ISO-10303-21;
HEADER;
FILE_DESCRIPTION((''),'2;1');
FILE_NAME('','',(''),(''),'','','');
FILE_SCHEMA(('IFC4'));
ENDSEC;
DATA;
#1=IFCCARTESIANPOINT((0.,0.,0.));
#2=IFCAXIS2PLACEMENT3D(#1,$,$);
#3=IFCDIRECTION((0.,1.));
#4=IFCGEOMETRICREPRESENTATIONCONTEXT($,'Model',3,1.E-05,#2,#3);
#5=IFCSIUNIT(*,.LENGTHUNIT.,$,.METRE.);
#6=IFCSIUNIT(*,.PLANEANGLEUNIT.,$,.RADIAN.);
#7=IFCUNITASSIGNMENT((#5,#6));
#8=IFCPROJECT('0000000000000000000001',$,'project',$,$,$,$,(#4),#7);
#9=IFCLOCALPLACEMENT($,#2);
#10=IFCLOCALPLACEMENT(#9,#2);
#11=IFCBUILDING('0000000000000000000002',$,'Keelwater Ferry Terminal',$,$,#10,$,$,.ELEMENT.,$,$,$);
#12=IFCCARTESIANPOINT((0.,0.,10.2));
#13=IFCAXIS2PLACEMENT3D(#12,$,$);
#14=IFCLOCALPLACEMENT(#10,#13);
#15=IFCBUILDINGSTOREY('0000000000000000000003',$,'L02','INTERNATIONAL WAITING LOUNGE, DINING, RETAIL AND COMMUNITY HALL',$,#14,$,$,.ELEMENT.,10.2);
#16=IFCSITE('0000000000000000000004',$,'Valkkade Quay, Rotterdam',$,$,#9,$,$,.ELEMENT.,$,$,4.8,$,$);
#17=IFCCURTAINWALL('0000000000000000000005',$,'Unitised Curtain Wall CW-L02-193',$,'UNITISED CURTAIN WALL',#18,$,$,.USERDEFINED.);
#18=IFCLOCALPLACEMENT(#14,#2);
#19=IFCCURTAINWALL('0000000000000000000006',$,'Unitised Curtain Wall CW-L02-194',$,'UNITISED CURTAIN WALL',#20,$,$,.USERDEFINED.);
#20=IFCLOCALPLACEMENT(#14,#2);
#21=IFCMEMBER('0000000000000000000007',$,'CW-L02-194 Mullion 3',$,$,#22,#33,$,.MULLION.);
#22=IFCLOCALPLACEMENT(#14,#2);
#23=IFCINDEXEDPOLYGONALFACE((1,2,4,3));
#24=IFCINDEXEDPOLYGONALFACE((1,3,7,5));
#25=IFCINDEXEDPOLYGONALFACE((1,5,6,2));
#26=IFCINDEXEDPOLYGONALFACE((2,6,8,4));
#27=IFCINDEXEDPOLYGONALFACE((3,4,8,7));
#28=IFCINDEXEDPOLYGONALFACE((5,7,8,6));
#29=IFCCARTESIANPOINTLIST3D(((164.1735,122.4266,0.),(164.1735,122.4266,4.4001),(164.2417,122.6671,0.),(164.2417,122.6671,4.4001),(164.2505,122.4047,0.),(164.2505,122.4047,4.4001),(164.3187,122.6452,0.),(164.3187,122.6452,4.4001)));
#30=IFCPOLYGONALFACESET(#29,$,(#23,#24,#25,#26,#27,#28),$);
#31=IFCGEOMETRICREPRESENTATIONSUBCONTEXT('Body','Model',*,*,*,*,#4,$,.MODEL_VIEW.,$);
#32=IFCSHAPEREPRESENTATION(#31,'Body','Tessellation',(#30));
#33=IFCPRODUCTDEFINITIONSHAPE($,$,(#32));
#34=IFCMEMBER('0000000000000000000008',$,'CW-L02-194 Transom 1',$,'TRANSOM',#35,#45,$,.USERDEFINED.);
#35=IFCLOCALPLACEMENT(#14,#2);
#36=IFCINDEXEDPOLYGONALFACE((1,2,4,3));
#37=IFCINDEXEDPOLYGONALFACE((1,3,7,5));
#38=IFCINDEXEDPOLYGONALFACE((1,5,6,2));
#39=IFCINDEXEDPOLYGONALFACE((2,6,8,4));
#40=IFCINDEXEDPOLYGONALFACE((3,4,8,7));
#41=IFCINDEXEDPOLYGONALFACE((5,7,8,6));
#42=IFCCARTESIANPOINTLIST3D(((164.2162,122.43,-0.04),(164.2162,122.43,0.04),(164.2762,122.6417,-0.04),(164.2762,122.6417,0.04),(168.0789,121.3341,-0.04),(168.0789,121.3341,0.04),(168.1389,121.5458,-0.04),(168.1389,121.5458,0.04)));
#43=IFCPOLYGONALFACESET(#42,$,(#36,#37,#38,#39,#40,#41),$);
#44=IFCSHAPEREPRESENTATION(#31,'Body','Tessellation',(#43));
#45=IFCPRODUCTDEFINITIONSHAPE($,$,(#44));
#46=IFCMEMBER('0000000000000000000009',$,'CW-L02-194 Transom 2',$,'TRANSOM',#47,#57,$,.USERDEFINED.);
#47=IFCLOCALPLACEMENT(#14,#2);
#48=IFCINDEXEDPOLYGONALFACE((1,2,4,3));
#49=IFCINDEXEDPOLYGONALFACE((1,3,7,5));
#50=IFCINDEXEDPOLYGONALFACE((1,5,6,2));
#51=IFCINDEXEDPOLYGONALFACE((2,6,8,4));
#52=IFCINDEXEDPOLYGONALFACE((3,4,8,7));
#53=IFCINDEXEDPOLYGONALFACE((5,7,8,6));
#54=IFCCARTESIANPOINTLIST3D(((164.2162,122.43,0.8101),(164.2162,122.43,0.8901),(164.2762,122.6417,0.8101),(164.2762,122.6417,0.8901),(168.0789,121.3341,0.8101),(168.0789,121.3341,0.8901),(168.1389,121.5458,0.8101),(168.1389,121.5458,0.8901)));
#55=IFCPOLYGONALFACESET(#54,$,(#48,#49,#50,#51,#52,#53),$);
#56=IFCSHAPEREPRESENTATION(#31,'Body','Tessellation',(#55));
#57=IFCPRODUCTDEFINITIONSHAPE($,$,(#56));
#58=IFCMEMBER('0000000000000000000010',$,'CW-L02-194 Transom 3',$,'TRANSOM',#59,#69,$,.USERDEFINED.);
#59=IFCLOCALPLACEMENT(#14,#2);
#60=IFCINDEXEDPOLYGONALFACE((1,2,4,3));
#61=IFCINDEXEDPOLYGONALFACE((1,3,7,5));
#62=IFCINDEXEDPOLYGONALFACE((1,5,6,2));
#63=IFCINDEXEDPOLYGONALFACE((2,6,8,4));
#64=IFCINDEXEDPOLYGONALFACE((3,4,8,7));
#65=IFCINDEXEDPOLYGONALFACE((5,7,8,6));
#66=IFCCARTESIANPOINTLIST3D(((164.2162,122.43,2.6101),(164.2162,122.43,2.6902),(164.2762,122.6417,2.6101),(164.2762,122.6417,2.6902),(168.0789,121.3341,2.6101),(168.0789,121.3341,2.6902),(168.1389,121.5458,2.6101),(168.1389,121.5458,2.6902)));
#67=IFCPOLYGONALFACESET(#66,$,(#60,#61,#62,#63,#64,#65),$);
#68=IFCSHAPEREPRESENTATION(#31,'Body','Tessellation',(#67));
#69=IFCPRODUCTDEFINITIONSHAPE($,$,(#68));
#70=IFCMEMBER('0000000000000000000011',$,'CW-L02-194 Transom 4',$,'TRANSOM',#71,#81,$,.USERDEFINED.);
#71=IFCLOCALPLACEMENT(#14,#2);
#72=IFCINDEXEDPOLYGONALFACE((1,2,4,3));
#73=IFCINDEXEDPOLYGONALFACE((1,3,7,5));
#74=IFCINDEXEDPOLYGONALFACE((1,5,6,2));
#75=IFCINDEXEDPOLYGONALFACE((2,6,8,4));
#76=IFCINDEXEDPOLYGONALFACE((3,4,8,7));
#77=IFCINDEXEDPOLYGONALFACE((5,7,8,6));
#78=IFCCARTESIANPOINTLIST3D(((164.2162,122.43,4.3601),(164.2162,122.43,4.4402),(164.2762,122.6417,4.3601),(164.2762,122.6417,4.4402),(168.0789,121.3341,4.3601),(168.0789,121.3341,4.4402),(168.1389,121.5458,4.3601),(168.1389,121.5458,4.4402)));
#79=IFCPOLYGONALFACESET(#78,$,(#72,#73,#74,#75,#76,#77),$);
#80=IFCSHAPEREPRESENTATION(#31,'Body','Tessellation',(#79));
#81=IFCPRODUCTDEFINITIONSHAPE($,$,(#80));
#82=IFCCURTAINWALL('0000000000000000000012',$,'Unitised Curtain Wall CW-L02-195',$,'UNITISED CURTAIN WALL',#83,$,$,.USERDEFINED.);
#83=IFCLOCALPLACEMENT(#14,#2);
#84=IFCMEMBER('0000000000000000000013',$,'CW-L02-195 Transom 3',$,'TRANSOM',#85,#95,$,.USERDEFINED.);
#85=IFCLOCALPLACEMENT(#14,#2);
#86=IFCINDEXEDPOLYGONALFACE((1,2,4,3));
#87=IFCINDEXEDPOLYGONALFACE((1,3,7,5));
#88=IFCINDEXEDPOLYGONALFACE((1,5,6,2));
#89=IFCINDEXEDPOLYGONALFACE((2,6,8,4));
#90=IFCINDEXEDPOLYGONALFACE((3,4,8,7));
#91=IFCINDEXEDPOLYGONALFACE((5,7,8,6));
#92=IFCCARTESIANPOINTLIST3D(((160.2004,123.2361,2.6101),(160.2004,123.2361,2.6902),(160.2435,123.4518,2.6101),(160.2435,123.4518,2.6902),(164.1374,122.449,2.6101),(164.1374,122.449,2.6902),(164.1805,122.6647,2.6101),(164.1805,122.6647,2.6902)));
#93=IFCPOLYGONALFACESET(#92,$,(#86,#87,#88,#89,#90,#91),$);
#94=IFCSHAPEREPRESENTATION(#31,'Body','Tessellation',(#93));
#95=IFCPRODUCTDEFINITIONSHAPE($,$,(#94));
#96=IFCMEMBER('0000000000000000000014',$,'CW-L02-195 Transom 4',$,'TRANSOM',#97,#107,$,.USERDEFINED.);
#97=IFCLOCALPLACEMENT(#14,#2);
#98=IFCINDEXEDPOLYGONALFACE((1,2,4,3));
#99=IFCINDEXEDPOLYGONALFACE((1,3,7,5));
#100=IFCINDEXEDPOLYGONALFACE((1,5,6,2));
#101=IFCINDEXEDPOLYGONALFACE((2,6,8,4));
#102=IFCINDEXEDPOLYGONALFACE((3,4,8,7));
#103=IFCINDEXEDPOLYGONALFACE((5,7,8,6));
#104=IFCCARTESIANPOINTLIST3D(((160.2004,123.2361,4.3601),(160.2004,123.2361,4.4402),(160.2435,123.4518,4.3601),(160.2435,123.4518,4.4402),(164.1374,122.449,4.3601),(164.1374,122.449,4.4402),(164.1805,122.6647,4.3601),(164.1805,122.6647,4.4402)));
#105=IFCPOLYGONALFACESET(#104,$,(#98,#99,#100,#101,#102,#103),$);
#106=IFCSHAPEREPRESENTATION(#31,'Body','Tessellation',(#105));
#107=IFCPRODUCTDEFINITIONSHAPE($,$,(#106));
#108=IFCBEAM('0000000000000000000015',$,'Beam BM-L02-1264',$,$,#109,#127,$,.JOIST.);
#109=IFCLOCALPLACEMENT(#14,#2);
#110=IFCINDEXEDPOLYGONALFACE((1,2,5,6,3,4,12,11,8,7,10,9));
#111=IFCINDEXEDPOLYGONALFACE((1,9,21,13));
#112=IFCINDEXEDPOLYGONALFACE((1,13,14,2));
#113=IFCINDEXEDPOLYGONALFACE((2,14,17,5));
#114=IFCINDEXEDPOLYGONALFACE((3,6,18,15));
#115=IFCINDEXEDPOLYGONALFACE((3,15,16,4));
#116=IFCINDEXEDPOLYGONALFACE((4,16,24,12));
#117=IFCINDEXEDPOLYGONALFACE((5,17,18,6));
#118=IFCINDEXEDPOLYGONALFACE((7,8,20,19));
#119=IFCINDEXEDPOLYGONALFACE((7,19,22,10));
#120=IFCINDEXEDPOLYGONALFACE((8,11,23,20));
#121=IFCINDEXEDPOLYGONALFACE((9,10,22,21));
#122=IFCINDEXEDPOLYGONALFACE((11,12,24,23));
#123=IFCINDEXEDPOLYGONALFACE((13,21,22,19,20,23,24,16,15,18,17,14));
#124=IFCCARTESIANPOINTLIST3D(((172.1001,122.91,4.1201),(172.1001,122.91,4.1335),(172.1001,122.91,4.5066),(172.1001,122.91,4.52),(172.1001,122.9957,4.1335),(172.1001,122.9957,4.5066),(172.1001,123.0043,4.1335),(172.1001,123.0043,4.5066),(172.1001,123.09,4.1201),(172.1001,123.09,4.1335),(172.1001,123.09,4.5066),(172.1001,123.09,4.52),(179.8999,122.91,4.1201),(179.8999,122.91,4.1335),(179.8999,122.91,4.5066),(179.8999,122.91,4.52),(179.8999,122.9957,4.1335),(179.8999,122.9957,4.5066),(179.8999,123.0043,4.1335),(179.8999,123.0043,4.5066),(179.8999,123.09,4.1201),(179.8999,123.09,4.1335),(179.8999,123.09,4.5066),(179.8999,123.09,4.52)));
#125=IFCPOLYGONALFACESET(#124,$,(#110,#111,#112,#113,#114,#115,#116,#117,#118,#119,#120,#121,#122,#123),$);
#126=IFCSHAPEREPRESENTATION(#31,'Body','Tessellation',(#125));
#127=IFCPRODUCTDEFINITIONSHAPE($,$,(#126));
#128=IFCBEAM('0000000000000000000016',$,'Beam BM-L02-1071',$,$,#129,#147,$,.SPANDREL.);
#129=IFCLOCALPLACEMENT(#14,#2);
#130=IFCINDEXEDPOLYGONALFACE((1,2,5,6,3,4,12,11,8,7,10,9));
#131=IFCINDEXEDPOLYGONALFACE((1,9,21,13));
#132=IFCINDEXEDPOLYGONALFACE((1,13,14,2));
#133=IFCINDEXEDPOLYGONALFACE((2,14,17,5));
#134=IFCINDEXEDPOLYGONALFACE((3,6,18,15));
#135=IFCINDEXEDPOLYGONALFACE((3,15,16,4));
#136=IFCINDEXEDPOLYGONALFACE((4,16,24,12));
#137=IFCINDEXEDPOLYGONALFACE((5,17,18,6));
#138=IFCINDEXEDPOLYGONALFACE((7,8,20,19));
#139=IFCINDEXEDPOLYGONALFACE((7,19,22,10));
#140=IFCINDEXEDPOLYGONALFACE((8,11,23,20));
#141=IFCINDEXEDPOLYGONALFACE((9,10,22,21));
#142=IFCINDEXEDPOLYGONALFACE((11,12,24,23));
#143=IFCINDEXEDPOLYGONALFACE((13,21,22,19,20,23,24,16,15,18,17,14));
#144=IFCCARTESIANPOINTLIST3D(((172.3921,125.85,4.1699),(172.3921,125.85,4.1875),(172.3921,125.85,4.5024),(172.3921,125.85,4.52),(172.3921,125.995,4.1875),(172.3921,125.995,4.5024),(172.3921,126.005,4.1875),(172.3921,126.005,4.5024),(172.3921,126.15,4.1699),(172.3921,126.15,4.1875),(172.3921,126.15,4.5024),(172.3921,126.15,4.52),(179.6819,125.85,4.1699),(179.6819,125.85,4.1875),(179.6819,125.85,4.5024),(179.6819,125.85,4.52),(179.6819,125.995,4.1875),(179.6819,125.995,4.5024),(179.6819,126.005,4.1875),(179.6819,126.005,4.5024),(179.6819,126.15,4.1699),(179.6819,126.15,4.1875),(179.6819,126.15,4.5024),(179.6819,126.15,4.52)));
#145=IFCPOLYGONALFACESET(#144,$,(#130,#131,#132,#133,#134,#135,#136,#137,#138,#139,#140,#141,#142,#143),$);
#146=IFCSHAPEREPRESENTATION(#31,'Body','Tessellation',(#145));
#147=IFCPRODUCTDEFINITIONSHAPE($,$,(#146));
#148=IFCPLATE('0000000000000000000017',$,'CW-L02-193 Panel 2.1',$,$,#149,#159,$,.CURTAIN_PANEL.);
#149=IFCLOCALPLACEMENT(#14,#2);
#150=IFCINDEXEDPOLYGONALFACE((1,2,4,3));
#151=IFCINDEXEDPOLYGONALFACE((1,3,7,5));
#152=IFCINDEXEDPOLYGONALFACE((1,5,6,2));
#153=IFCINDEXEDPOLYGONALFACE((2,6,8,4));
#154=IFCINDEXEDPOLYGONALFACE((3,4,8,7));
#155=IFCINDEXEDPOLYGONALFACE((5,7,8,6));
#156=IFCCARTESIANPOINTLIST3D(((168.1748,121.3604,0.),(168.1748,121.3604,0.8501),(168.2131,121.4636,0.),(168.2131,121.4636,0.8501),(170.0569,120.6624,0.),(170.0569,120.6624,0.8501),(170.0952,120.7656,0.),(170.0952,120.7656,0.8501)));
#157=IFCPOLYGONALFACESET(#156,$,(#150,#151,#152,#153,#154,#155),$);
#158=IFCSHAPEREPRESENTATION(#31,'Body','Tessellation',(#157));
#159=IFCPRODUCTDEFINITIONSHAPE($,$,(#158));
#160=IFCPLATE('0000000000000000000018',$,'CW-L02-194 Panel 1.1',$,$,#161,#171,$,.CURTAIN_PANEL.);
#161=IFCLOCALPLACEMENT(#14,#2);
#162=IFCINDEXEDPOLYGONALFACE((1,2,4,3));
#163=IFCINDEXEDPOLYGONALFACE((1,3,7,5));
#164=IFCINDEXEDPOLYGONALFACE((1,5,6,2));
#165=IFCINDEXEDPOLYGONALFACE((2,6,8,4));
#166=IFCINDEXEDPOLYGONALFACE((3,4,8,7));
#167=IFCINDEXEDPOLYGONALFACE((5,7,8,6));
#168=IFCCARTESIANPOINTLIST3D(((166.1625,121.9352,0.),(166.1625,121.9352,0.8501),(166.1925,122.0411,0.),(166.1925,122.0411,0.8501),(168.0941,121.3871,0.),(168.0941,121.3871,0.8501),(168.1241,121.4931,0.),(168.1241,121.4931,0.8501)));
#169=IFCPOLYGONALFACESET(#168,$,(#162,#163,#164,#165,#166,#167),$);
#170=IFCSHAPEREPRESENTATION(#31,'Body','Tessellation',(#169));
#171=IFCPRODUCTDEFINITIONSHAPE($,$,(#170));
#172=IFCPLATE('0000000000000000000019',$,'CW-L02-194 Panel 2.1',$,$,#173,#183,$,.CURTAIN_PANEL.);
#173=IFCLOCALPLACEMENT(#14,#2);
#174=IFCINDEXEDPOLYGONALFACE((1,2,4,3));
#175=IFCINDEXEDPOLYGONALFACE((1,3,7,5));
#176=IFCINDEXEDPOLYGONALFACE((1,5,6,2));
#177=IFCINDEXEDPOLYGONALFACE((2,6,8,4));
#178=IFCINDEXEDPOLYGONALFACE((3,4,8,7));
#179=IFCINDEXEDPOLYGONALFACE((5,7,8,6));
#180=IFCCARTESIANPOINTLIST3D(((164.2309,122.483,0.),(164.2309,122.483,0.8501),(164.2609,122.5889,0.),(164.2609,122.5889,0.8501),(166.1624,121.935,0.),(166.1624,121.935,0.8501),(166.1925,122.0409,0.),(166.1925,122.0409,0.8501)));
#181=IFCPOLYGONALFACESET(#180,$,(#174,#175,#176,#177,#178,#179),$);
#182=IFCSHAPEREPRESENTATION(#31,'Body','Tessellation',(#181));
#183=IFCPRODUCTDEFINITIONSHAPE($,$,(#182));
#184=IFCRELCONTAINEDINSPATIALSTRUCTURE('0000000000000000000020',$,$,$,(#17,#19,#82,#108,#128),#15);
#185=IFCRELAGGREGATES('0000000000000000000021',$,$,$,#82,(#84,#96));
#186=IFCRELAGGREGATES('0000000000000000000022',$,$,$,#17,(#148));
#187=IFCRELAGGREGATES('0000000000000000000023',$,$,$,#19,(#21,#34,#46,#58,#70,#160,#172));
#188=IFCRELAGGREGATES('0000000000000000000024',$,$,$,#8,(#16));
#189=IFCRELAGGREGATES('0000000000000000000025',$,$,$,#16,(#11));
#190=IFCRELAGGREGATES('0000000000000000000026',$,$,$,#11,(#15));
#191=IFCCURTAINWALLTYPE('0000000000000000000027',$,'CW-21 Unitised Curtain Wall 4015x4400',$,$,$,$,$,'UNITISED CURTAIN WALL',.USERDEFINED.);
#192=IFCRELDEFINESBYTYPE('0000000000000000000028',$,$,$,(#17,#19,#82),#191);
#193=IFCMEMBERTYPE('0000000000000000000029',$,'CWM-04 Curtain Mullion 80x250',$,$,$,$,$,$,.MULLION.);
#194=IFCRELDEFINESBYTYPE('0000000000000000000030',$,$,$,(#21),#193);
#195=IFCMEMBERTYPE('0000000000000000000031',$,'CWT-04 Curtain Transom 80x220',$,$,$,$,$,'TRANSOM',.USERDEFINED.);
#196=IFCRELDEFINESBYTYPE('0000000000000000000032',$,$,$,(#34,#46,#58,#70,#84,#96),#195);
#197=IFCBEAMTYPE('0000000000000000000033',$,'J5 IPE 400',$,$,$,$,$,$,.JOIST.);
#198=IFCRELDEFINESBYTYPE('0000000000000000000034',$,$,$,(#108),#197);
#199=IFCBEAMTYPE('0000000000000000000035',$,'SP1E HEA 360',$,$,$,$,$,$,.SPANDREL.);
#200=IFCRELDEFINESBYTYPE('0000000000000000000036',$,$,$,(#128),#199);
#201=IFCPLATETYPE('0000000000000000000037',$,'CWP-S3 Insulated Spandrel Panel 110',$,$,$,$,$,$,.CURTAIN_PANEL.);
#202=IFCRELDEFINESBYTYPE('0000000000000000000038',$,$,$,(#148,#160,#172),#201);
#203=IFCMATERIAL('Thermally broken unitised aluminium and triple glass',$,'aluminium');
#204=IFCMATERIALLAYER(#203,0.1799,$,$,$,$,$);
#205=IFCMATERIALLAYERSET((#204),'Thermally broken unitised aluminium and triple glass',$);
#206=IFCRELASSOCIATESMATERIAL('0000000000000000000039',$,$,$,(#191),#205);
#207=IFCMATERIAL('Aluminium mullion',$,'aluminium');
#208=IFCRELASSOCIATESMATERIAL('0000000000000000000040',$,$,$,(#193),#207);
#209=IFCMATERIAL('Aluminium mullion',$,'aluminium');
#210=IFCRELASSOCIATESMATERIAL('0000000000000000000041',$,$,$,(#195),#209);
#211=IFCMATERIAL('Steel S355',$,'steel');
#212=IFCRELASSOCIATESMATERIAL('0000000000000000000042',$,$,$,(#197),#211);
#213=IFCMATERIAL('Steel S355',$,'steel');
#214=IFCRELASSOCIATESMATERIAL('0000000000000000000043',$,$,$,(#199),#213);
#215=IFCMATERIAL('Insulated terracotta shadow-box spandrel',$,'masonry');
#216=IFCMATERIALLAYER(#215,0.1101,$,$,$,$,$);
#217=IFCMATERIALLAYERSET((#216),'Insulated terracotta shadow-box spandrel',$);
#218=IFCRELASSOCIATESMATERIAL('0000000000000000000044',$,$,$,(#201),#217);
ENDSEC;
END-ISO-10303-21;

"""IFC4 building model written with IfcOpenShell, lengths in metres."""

from ifc_helpers import new_model, si_unit, direction, frame, origin, origin_2d, place, context, subcontext, project, spatial, rectangle, i_section, extrude, material, layer, layer_set, material_profile, profile_set, type_object, element, aggregate, save


model = new_model("IFC4")

# Units and contexts
model_context = context("Model", 3, precision=1e-05, world=origin(), true_north=direction((0.0, 1.0)))
body_context = subcontext(model_context, "Body", "Model", "MODEL_VIEW")
ifc_project = project(units=[si_unit("LENGTHUNIT", "METRE"), si_unit("PLANEANGLEUNIT", "RADIAN")], contexts=[model_context])

# Site, building, storey
site_placement = place(None, origin())
site = spatial("IfcSite", under=ifc_project, at=site_placement, Name="Valkkade Quay, Rotterdam", CompositionType="ELEMENT", RefElevation=4.8)
building_placement = place(site_placement, origin())
building = spatial("IfcBuilding", under=site, at=building_placement, Name="Keelwater Ferry Terminal", CompositionType="ELEMENT")
storey_placement = place(building_placement, frame((0.0, 0.0, 10.2)))
storey = spatial("IfcBuildingStorey", under=building, at=storey_placement, Name="L02", Description="INTERNATIONAL WAITING LOUNGE, DINING, RETAIL AND COMMUNITY HALL", CompositionType="ELEMENT", Elevation=10.2)

# Curtain walls, members
ifc_material_1 = material(Name="Thermally broken unitised aluminium and triple glass", Category="aluminium")
ifc_layer_1 = layer(ifc_material_1, 0.1799)
ifc_layer_set_1 = layer_set([ifc_layer_1], Name="Thermally broken unitised aluminium and triple glass")
curtain_wall_type = type_object("IfcCurtainWallType", Name="CW-21 Unitised Curtain Wall 4015x4400", ElementType="UNITISED CURTAIN WALL", PredefinedType="USERDEFINED", material=ifc_layer_set_1)
curtain_wall_1_placement = place(storey_placement, origin())
curtain_wall_1 = element("IfcCurtainWall", 1, at=curtain_wall_1_placement, inside=storey, type_object=curtain_wall_type, Name="Unitised Curtain Wall CW-L02-193", ObjectType="UNITISED CURTAIN WALL", PredefinedType="USERDEFINED")
ifc_material_2 = material(Name="Aluminium mullion", Category="aluminium")
ifc_material_profile_1 = material_profile(ifc_material_2, rectangle(XDim=0.0801, YDim=0.25, at=origin_2d()), Name="CWM-04")
ifc_profile_set_1 = profile_set([ifc_material_profile_1], Name="Aluminium mullion")
member_type_1 = type_object("IfcMemberType", Name="CWM-04 Curtain Mullion 80x250", PredefinedType="MULLION", material=ifc_profile_set_1)
curtain_wall_2_placement = place(storey_placement, origin())
curtain_wall_2 = element("IfcCurtainWall", 2, at=curtain_wall_2_placement, inside=storey, type_object=curtain_wall_type, Name="Unitised Curtain Wall CW-L02-194", ObjectType="UNITISED CURTAIN WALL", PredefinedType="USERDEFINED")
member_1_placement = place(storey_placement, frame((164.2461, 122.5359, 0.0), z_axis=(0.0, 0.0, 1.0), x_axis=(-0.96203, 0.272945, 0.0)))
member_1 = element("IfcMember", 3, at=member_1_placement, type_object=member_type_1, Name="CW-L02-194 Mullion 3", PredefinedType="MULLION", context=body_context, shape_type="SweptSolid", body=[
    extrude(rectangle(XDim=0.0801, YDim=0.25, at=origin_2d()), origin(), (0.0, 0.0, 1.0), 4.4001),
])
ifc_material_3 = material(Name="Aluminium mullion", Category="aluminium")
ifc_material_profile_2 = material_profile(ifc_material_3, rectangle(XDim=0.22, YDim=0.0801, at=origin_2d()), Name="CWT-04")
ifc_profile_set_2 = profile_set([ifc_material_profile_2], Name="Aluminium mullion")
member_type_2 = type_object("IfcMemberType", Name="CWT-04 Curtain Transom 80x220", ElementType="TRANSOM", PredefinedType="USERDEFINED", material=ifc_profile_set_2)
member_2_placement = place(storey_placement, frame((168.1089, 121.4399, 0.0), z_axis=(-0.962029, 0.272946, 0.0), x_axis=(-0.272946, -0.962029, 0.0)))
member_2 = element("IfcMember", 4, at=member_2_placement, type_object=member_type_2, Name="CW-L02-194 Transom 1", ObjectType="TRANSOM", PredefinedType="USERDEFINED", context=body_context, shape_type="SweptSolid", body=[
    extrude(rectangle(XDim=0.22, YDim=0.0801, at=origin_2d()), origin(), (0.0, 0.0, 1.0), 4.0151),
])
member_3_placement = place(storey_placement, frame((168.1089, 121.4399, 0.8501), z_axis=(-0.962029, 0.272946, 0.0), x_axis=(-0.272946, -0.962029, 0.0)))
member_3 = element("IfcMember", 5, at=member_3_placement, type_object=member_type_2, Name="CW-L02-194 Transom 2", ObjectType="TRANSOM", PredefinedType="USERDEFINED", context=body_context, shape_type="SweptSolid", body=[
    extrude(rectangle(XDim=0.22, YDim=0.0801, at=origin_2d()), origin(), (0.0, 0.0, 1.0), 4.0151),
])
member_4_placement = place(storey_placement, frame((168.1089, 121.4399, 2.6501), z_axis=(-0.962029, 0.272946, 0.0), x_axis=(-0.272946, -0.962029, 0.0)))
member_4 = element("IfcMember", 6, at=member_4_placement, type_object=member_type_2, Name="CW-L02-194 Transom 3", ObjectType="TRANSOM", PredefinedType="USERDEFINED", context=body_context, shape_type="SweptSolid", body=[
    extrude(rectangle(XDim=0.22, YDim=0.0801, at=origin_2d()), origin(), (0.0, 0.0, 1.0), 4.0151),
])
member_5_placement = place(storey_placement, frame((168.1089, 121.4399, 4.4001), z_axis=(-0.962029, 0.272946, 0.0), x_axis=(-0.272946, -0.962029, 0.0)))
member_5 = element("IfcMember", 7, at=member_5_placement, type_object=member_type_2, Name="CW-L02-194 Transom 4", ObjectType="TRANSOM", PredefinedType="USERDEFINED", context=body_context, shape_type="SweptSolid", body=[
    extrude(rectangle(XDim=0.22, YDim=0.0801, at=origin_2d()), origin(), (0.0, 0.0, 1.0), 4.0151),
])
curtain_wall_3_placement = place(storey_placement, origin())
curtain_wall_3 = element("IfcCurtainWall", 8, at=curtain_wall_3_placement, inside=storey, type_object=curtain_wall_type, Name="Unitised Curtain Wall CW-L02-195", ObjectType="UNITISED CURTAIN WALL", PredefinedType="USERDEFINED")
member_6_placement = place(storey_placement, frame((164.1589, 122.5569, 2.6501), z_axis=(-0.980595, 0.196046, 0.0), x_axis=(-0.196046, -0.980595, 0.0)))
member_6 = element("IfcMember", 9, at=member_6_placement, type_object=member_type_2, Name="CW-L02-195 Transom 3", ObjectType="TRANSOM", PredefinedType="USERDEFINED", context=body_context, shape_type="SweptSolid", body=[
    extrude(rectangle(XDim=0.22, YDim=0.0801, at=origin_2d()), origin(), (0.0, 0.0, 1.0), 4.0149),
])
member_7_placement = place(storey_placement, frame((164.1589, 122.5569, 4.4001), z_axis=(-0.980595, 0.196046, 0.0), x_axis=(-0.196046, -0.980595, 0.0)))
member_7 = element("IfcMember", 10, at=member_7_placement, type_object=member_type_2, Name="CW-L02-195 Transom 4", ObjectType="TRANSOM", PredefinedType="USERDEFINED", context=body_context, shape_type="SweptSolid", body=[
    extrude(rectangle(XDim=0.22, YDim=0.0801, at=origin_2d()), origin(), (0.0, 0.0, 1.0), 4.0149),
])
aggregate(curtain_wall_3, [member_6, member_7])

# Beams
ifc_material_4 = material(Name="Steel S355", Category="steel")
ifc_material_profile_3 = material_profile(ifc_material_4, i_section(OverallWidth=0.1799, OverallDepth=0.3999, WebThickness=0.0085, FlangeThickness=0.0134, at=origin_2d()), Name="IPE 400")
ifc_profile_set_3 = profile_set([ifc_material_profile_3], Name="Steel S355")
beam_type_1 = type_object("IfcBeamType", Name="J5 IPE 400", PredefinedType="JOIST", material=ifc_profile_set_3)
beam_1_placement = place(storey_placement, frame((172.1001, 123.0, 4.3201), z_axis=(1.0, 0.0, 0.0), x_axis=(0.0, 1.0, 0.0)))
element("IfcBeam", 11, at=beam_1_placement, inside=storey, type_object=beam_type_1, Name="Beam BM-L02-1264", PredefinedType="JOIST", context=body_context, shape_type="SweptSolid", body=[
    extrude(i_section(OverallWidth=0.1799, OverallDepth=0.3999, WebThickness=0.0085, FlangeThickness=0.0134, at=origin_2d()), origin(), (0.0, 0.0, 1.0), 7.7998),
])
ifc_material_5 = material(Name="Steel S355", Category="steel")
ifc_material_profile_4 = material_profile(ifc_material_5, i_section(OverallWidth=0.3, OverallDepth=0.3501, WebThickness=0.01, FlangeThickness=0.0176, at=origin_2d()), Name="HEA 360")
ifc_profile_set_4 = profile_set([ifc_material_profile_4], Name="Steel S355")
beam_type_2 = type_object("IfcBeamType", Name="SP1E HEA 360", PredefinedType="SPANDREL", material=ifc_profile_set_4)
beam_2_placement = place(storey_placement, frame((172.3921, 126.0, 4.345), z_axis=(1.0, 0.0, 0.0), x_axis=(0.0, 1.0, 0.0)))
element("IfcBeam", 12, at=beam_2_placement, inside=storey, type_object=beam_type_2, Name="Beam BM-L02-1071", PredefinedType="SPANDREL", context=body_context, shape_type="SweptSolid", body=[
    extrude(i_section(OverallWidth=0.3, OverallDepth=0.3501, WebThickness=0.01, FlangeThickness=0.0176, at=origin_2d()), origin(), (0.0, 0.0, 1.0), 7.2898),
])

# Plates
ifc_material_6 = material(Name="Insulated terracotta shadow-box spandrel", Category="masonry")
ifc_layer_2 = layer(ifc_material_6, 0.1101)
ifc_layer_set_2 = layer_set([ifc_layer_2], Name="Insulated terracotta shadow-box spandrel")
plate_type_1 = type_object("IfcPlateType", Name="CWP-S3 Insulated Spandrel Panel 110", PredefinedType="CURTAIN_PANEL", material=ifc_layer_set_2)
plate_1_placement = place(storey_placement, frame((169.135, 121.063, 0.0), z_axis=(0.0, 0.0, 1.0), x_axis=(-0.937592, 0.347736, 0.0)))
plate_1 = element("IfcPlate", 13, at=plate_1_placement, type_object=plate_type_1, Name="CW-L02-193 Panel 2.1", PredefinedType="CURTAIN_PANEL", context=body_context, shape_type="SweptSolid", body=[
    extrude(rectangle(XDim=2.0073, YDim=0.1101, at=origin_2d()), origin(), (0.0, 0.0, 1.0), 0.8501),
])
plate_2_placement = place(storey_placement, frame((167.1433, 121.7141, 0.0), z_axis=(0.0, 0.0, 1.0), x_axis=(-0.96203, 0.272945, 0.0)))
plate_2 = element("IfcPlate", 14, at=plate_2_placement, type_object=plate_type_1, Name="CW-L02-194 Panel 1.1", PredefinedType="CURTAIN_PANEL", context=body_context, shape_type="SweptSolid", body=[
    extrude(rectangle(XDim=2.0078, YDim=0.1101, at=origin_2d()), origin(), (0.0, 0.0, 1.0), 0.8501),
])
plate_3_placement = place(storey_placement, frame((165.2117, 122.262, 0.0), z_axis=(0.0, 0.0, 1.0), x_axis=(-0.96203, 0.272945, 0.0)))
plate_3 = element("IfcPlate", 15, at=plate_3_placement, type_object=plate_type_1, Name="CW-L02-194 Panel 2.1", PredefinedType="CURTAIN_PANEL", context=body_context, shape_type="SweptSolid", body=[
    extrude(rectangle(XDim=2.0078, YDim=0.1101, at=origin_2d()), origin(), (0.0, 0.0, 1.0), 0.8501),
])
aggregate(curtain_wall_1, [plate_1])
aggregate(curtain_wall_2, [member_1, member_2, member_3, member_4, member_5, plate_2, plate_3])

save(model, "model.ifc")
